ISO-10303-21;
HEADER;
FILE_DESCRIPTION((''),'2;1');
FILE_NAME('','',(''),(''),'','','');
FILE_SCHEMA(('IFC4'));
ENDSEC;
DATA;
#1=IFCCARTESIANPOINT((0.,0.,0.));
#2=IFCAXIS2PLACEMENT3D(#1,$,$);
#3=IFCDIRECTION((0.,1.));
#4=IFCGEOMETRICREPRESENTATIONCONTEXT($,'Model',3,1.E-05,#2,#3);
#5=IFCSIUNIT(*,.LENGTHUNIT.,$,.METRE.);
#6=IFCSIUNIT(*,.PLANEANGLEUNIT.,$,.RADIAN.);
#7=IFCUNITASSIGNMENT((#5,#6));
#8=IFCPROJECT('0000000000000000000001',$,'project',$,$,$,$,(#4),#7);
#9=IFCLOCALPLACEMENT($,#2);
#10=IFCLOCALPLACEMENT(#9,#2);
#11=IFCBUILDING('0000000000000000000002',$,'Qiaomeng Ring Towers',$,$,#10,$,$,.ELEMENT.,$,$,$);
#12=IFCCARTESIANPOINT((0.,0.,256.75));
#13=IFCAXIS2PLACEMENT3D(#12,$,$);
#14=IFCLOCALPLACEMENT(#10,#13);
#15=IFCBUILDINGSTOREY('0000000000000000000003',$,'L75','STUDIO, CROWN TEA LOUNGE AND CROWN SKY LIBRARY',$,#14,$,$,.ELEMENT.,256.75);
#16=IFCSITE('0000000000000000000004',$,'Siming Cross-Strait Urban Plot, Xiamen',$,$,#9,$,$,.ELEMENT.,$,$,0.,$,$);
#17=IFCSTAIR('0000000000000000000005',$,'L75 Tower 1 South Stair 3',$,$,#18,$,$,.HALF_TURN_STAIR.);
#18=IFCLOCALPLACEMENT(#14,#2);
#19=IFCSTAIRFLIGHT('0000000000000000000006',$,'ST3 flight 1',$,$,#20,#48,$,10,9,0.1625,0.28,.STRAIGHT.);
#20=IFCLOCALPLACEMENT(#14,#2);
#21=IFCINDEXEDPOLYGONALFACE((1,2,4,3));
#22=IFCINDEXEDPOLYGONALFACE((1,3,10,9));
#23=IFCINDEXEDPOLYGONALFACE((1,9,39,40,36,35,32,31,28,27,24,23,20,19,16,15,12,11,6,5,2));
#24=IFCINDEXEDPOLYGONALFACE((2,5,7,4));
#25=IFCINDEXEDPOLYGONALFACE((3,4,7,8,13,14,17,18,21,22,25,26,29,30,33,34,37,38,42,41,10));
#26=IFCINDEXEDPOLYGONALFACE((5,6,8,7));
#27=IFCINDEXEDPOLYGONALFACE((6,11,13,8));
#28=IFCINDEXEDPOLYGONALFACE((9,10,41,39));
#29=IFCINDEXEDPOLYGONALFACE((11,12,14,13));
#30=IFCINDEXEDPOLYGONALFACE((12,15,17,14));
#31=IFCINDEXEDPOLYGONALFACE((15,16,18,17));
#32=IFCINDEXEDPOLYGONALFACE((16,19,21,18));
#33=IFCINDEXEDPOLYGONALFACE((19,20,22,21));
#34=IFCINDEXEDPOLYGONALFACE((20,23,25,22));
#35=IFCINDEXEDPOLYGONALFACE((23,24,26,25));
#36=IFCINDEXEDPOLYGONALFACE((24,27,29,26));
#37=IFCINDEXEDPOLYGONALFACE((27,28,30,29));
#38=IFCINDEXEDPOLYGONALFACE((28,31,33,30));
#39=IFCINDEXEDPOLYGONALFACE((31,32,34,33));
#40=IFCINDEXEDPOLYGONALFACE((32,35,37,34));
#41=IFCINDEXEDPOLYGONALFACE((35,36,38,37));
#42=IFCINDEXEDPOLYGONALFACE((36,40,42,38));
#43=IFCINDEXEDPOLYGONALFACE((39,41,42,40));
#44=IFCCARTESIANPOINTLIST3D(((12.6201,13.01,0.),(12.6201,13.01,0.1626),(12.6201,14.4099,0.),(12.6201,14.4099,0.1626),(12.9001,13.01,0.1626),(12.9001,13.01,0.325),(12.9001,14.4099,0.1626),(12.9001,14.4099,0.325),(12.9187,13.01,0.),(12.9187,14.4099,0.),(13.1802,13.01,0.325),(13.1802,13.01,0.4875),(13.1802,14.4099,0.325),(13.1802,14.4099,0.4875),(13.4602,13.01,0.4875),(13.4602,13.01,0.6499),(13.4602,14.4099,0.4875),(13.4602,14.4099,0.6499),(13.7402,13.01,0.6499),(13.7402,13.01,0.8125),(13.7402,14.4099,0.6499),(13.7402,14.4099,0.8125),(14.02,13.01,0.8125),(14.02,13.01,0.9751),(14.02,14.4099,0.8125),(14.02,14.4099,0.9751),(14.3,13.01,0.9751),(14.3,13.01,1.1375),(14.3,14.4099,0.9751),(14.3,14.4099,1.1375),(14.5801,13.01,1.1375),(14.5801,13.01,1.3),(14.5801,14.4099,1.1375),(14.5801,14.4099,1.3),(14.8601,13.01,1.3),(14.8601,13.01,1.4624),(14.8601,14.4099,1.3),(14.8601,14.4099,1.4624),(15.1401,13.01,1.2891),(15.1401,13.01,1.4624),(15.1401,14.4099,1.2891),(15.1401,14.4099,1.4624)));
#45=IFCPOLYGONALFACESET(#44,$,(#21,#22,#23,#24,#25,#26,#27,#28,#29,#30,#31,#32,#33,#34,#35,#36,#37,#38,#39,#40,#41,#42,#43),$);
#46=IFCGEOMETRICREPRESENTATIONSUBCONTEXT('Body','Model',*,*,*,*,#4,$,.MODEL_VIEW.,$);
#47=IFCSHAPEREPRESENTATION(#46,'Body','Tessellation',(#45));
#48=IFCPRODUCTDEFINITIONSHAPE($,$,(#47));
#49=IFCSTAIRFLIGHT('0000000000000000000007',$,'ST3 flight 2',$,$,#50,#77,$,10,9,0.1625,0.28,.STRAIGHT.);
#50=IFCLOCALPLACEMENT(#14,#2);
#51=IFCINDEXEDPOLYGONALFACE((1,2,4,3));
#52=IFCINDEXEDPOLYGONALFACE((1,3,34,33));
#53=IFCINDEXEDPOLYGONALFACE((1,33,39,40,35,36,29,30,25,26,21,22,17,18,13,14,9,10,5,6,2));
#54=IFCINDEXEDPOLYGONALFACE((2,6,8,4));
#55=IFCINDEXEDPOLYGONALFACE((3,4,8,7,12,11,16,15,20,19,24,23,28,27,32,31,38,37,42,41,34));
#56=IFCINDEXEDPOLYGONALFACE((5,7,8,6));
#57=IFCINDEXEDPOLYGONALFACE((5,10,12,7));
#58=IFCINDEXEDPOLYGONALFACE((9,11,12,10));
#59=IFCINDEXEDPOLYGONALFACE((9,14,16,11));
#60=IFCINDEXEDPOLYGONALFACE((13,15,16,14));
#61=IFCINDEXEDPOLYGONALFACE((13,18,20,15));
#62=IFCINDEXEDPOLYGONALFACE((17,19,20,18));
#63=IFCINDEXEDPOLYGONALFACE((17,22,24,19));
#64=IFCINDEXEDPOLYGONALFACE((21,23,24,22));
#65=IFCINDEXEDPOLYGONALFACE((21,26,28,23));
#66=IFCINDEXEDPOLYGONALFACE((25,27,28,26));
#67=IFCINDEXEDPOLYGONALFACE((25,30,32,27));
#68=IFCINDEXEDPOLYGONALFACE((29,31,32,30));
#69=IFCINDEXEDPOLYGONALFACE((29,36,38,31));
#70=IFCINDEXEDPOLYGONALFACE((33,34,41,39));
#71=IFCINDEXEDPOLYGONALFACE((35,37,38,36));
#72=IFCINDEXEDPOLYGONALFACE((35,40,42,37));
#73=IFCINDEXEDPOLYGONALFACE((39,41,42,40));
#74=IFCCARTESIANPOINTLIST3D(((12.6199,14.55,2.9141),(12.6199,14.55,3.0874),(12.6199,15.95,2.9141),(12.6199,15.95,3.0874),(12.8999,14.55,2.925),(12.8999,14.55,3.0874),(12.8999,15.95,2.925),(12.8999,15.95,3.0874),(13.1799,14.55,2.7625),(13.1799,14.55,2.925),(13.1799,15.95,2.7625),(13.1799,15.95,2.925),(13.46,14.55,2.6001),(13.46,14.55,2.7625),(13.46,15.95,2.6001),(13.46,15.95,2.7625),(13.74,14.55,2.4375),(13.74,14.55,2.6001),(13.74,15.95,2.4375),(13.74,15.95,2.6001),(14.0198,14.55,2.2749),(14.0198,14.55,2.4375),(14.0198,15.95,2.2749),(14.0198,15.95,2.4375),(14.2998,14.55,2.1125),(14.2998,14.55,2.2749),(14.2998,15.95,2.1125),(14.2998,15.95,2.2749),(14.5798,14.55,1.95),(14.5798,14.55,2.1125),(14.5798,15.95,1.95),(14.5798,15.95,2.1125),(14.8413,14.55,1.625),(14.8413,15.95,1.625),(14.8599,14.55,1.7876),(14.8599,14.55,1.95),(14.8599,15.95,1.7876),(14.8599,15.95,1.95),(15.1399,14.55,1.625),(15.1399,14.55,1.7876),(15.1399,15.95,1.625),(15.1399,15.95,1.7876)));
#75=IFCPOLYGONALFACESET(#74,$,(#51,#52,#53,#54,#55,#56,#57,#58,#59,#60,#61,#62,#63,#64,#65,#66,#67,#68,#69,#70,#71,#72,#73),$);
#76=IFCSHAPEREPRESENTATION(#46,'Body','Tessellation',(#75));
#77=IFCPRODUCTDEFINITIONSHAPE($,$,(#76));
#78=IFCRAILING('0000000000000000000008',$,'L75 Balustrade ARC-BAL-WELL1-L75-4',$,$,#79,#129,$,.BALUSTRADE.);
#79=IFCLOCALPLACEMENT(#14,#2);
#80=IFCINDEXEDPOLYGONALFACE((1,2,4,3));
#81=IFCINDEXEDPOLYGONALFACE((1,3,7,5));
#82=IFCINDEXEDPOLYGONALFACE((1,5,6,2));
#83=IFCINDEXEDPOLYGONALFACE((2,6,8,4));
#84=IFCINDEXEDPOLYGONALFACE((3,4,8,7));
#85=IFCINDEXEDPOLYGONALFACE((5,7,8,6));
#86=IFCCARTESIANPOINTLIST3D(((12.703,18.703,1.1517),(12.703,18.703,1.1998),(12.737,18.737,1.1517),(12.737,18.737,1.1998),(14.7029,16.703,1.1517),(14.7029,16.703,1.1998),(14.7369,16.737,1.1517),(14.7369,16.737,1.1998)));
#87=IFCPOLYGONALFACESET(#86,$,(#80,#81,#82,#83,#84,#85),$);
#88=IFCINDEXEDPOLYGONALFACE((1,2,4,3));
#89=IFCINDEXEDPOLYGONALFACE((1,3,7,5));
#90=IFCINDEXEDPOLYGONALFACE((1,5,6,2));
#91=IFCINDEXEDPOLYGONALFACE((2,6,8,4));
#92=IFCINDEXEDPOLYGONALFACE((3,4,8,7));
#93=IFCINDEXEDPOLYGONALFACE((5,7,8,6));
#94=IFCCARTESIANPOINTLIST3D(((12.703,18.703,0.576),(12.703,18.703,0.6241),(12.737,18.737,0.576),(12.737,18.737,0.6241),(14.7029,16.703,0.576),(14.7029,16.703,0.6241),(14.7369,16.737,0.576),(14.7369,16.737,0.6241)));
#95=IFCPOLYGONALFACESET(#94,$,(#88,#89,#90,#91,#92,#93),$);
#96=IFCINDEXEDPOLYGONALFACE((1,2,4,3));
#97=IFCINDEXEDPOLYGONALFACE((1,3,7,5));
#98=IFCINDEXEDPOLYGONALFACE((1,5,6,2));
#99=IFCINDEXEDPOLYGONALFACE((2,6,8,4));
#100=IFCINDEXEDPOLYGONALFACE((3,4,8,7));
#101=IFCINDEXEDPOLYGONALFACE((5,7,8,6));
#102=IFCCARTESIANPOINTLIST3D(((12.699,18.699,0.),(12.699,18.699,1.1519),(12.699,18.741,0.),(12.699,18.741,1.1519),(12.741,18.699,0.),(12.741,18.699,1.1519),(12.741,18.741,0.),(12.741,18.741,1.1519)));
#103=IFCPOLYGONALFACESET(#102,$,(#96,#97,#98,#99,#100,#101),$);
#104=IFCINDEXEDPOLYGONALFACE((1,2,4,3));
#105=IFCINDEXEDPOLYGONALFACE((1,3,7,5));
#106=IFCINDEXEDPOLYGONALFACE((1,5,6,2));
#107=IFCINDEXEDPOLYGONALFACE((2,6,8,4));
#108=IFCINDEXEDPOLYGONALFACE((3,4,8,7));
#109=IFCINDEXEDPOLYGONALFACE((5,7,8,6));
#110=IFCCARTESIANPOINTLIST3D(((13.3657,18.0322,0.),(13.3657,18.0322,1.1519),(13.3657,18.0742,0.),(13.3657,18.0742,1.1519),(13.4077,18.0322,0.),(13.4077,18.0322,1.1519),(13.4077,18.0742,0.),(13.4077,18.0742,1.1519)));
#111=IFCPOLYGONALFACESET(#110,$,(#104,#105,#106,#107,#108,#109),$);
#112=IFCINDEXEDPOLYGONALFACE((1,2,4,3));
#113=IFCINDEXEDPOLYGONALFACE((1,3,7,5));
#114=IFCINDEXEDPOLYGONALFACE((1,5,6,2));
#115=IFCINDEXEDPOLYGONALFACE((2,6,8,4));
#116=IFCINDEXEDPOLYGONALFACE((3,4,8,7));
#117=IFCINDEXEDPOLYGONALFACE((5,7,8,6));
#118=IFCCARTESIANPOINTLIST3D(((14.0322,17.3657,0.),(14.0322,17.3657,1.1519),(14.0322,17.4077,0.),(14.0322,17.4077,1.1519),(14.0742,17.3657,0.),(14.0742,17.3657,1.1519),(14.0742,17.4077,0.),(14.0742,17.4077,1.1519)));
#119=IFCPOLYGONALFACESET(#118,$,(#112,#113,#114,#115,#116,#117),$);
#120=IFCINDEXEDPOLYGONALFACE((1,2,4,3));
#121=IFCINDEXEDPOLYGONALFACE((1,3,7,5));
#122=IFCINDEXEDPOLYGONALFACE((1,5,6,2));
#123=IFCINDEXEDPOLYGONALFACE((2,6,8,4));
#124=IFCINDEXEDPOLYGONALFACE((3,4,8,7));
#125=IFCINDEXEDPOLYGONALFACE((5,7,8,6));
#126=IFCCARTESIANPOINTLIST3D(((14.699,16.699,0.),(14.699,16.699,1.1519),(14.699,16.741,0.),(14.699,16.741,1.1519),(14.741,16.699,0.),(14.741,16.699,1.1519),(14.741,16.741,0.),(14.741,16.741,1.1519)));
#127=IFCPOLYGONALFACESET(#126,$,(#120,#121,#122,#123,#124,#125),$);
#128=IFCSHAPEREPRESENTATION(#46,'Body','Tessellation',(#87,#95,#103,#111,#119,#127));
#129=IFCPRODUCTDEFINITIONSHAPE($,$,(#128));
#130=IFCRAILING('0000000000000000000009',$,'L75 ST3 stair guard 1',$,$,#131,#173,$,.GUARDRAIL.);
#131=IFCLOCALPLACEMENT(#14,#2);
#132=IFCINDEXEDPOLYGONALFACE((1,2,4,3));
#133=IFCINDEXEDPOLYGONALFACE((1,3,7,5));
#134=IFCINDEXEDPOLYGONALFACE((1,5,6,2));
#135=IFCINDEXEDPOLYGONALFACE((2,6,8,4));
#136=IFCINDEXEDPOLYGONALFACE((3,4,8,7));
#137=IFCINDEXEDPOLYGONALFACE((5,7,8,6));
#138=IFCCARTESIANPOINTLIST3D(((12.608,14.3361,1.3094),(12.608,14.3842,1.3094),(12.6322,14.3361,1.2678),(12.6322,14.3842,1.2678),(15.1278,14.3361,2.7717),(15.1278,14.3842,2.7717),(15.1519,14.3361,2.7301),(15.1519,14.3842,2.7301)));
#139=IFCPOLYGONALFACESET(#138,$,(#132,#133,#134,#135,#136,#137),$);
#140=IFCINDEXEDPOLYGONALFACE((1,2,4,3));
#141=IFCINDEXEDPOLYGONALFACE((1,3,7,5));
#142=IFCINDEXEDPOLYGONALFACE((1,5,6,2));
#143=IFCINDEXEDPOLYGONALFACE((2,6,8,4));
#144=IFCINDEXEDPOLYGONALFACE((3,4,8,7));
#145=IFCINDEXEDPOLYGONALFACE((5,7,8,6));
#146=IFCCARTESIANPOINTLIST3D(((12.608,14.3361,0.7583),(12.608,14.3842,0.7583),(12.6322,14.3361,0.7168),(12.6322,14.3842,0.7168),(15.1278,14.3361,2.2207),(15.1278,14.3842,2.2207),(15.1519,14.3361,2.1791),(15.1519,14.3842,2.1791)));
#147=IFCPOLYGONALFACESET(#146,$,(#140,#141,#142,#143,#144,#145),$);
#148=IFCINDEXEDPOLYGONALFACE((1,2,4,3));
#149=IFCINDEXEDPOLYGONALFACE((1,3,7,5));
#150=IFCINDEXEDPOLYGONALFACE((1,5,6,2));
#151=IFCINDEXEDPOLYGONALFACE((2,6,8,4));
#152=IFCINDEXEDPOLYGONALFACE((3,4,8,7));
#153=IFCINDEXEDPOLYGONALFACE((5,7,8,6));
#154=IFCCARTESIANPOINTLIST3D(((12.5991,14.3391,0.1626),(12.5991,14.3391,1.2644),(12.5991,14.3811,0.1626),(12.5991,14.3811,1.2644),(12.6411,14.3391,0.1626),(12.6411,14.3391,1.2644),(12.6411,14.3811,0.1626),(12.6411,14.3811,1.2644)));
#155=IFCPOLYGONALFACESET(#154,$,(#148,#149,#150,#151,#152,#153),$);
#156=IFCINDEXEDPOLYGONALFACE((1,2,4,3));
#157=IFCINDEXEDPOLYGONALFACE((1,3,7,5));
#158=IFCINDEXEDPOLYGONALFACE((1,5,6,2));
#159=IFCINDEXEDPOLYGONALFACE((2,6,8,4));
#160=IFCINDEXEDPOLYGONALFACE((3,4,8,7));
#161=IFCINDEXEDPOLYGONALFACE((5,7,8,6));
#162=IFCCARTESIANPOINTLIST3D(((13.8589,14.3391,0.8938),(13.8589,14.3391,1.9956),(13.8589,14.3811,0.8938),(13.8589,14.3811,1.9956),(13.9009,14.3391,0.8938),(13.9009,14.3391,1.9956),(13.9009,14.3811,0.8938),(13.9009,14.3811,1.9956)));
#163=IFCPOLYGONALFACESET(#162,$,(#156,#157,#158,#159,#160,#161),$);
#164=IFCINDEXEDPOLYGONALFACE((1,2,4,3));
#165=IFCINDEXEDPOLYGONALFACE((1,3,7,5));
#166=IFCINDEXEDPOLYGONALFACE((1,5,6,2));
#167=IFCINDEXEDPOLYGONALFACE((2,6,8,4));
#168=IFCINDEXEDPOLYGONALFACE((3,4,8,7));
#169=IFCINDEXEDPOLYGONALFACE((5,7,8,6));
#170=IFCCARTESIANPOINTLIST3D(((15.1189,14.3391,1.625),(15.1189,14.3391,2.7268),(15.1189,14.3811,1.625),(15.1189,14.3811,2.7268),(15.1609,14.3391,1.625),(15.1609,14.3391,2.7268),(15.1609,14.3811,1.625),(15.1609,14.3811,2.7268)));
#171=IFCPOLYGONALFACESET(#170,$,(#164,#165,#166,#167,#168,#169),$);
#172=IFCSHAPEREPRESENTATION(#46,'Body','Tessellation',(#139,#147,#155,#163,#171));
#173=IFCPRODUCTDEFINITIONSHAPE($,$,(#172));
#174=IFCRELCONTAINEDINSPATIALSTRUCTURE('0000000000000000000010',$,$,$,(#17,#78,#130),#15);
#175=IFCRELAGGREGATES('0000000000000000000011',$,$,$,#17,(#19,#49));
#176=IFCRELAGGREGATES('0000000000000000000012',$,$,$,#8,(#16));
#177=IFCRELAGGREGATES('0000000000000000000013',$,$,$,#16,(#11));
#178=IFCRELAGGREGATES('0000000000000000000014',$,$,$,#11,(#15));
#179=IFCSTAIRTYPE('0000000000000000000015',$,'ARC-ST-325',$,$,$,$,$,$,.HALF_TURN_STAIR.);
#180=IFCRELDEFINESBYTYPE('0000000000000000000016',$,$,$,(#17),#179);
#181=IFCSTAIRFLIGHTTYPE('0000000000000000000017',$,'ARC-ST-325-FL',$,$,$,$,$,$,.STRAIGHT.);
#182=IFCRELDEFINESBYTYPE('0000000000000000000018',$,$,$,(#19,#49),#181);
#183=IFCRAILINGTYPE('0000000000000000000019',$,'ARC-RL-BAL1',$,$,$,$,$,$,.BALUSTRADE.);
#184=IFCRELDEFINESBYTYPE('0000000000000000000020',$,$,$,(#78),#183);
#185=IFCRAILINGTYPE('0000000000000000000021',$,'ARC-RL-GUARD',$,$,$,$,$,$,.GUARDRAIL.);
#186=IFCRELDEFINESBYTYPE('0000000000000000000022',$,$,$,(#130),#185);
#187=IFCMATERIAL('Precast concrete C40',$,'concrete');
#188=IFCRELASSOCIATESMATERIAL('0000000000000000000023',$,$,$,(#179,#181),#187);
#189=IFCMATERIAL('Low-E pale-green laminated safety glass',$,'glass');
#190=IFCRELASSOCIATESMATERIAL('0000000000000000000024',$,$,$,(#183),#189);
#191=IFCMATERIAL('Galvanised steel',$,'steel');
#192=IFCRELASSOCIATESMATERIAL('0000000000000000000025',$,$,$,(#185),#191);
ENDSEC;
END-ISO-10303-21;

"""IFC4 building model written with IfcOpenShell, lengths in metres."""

from ifc_helpers import new_model, si_unit, direction, frame, origin, origin_2d, place, context, subcontext, project, spatial, polyline, rectangle, outline, extrude, source, transform, mapped, material, type_object, element, aggregate, save


model = new_model("IFC4")

# Units and contexts
model_context = context("Model", 3, precision=1e-05, world=origin(), true_north=direction((0.0, 1.0)))
body_context = subcontext(model_context, "Body", "Model", "MODEL_VIEW")
ifc_project = project(units=[si_unit("LENGTHUNIT", "METRE"), si_unit("PLANEANGLEUNIT", "RADIAN")], contexts=[model_context])

# Site, building, storey
site_placement = place(None, origin())
site = spatial("IfcSite", under=ifc_project, at=site_placement, Name="Siming Cross-Strait Urban Plot, Xiamen", CompositionType="ELEMENT", RefElevation=0.0)
building_placement = place(site_placement, origin())
building = spatial("IfcBuilding", under=site, at=building_placement, Name="Qiaomeng Ring Towers", CompositionType="ELEMENT")
storey_placement = place(building_placement, frame((0.0, 0.0, 256.75)))
storey = spatial("IfcBuildingStorey", under=building, at=storey_placement, Name="L75", Description="STUDIO, CROWN TEA LOUNGE AND CROWN SKY LIBRARY", CompositionType="ELEMENT", Elevation=256.75)

# Shared definitions
ifc_material_1 = material(Name="Galvanised steel", Category="steel")

# Stair, stair flights
ifc_material_2 = material(Name="Precast concrete C40", Category="concrete")
stair_type = type_object("IfcStairType", Name="ARC-ST-325", PredefinedType="HALF_TURN_STAIR", material=ifc_material_2)
stair_placement = place(storey_placement, origin())
stair = element("IfcStair", 1, at=stair_placement, inside=storey, type_object=stair_type, Name="L75 Tower 1 South Stair 3", PredefinedType="HALF_TURN_STAIR")
stair_flight_type = type_object("IfcStairFlightType", Name="ARC-ST-325-FL", PredefinedType="STRAIGHT", material=ifc_material_2)
shared_shape_1 = source(origin(), body_context, "Body", "SweptSolid", [
    extrude(outline(polyline([(0.0, 0.0), (0.0, 0.1626), (0.28, 0.1626), (0.28, 0.325), (0.5601, 0.325), (0.5601, 0.4875), (0.8401, 0.4875), (0.8401, 0.6499), (1.1201, 0.6499), (1.1201, 0.8125), (1.3999, 0.8125), (1.3999, 0.9751), (1.6799, 0.9751), (1.6799, 1.1375), (1.96, 1.1375), (1.96, 1.3), (2.24, 1.3), (2.24, 1.4624), (2.52, 1.4624), (2.52, 1.625), (2.52, 1.2891), (0.2986, 0.0), (0.0, 0.0)])), frame((0.0, 0.7, 0.0), z_axis=(0.0, -1.0, 0.0), x_axis=(1.0, 0.0, 0.0)), (0.0, 0.0, 1.0), 1.3999),
])
stair_flight_1_placement = place(storey_placement, frame((12.6201, 13.71, 0.0), z_axis=(0.0, 0.0, 1.0), x_axis=(1.0, 0.0, 0.0)))
stair_flight_1 = element("IfcStairFlight", 2, at=stair_flight_1_placement, type_object=stair_flight_type, Name="ST3 flight 1", NumberOfRisers=10, NumberOfTreads=9, PredefinedType="STRAIGHT", RiserHeight=0.1625, TreadLength=0.28, context=body_context, shape_type="MappedRepresentation", body=[
    mapped(shared_shape_1, transform((0.0, 0.0, 0.0), x_axis=(1.0, 0.0, 0.0), y_axis=(0.0, 1.0, 0.0), z_axis=(0.0, 0.0, 1.0), scale=1.0)),
])
stair_flight_2_placement = place(storey_placement, frame((15.1399, 15.25, 1.625), z_axis=(0.0, 0.0, 1.0), x_axis=(-1.0, 0.0, 0.0)))
stair_flight_2 = element("IfcStairFlight", 3, at=stair_flight_2_placement, type_object=stair_flight_type, Name="ST3 flight 2", NumberOfRisers=10, NumberOfTreads=9, PredefinedType="STRAIGHT", RiserHeight=0.1625, TreadLength=0.28, context=body_context, shape_type="MappedRepresentation", body=[
    mapped(shared_shape_1, transform((0.0, 0.0, 0.0), x_axis=(1.0, 0.0, 0.0), y_axis=(0.0, 1.0, 0.0), z_axis=(0.0, 0.0, 1.0), scale=1.0)),
])
aggregate(stair, [stair_flight_1, stair_flight_2])

# Railings
ifc_material_3 = material(Name="Low-E pale-green laminated safety glass", Category="glass")
railing_type_1 = type_object("IfcRailingType", Name="ARC-RL-BAL1", PredefinedType="BALUSTRADE", material=ifc_material_3)
railing_1_placement = place(storey_placement, frame((12.72, 18.72, 0.0)))
element("IfcRailing", 4, at=railing_1_placement, inside=storey, type_object=railing_type_1, Name="L75 Balustrade ARC-BAL-WELL1-L75-4", PredefinedType="BALUSTRADE", context=body_context, shape_type="SweptSolid", body=[
    extrude(rectangle(XDim=0.0481, YDim=0.0481, at=origin_2d()), frame((0.0, 0.0, 1.1758), z_axis=(0.707107, -0.707107, 0.0), x_axis=(0.707107, 0.707107, 0.0)), (0.0, 0.0, 1.0), 2.8284),
    extrude(rectangle(XDim=0.0481, YDim=0.0481, at=origin_2d()), frame((0.0, 0.0, 0.6001), z_axis=(0.707107, -0.707107, 0.0), x_axis=(0.707107, 0.707107, 0.0)), (0.0, 0.0, 1.0), 2.8284),
    extrude(rectangle(XDim=0.042, YDim=0.042, at=origin_2d()), origin(), (0.0, 0.0, 1.0), 1.1519),
    extrude(rectangle(XDim=0.042, YDim=0.042, at=origin_2d()), frame((0.6667, -0.6667, 0.0)), (0.0, 0.0, 1.0), 1.1519),
    extrude(rectangle(XDim=0.042, YDim=0.042, at=origin_2d()), frame((1.3333, -1.3333, 0.0)), (0.0, 0.0, 1.0), 1.1519),
    extrude(rectangle(XDim=0.042, YDim=0.042, at=origin_2d()), frame((2.0, -2.0, 0.0)), (0.0, 0.0, 1.0), 1.1519),
])
railing_type_2 = type_object("IfcRailingType", Name="ARC-RL-GUARD", PredefinedType="GUARDRAIL", material=ifc_material_1)
railing_2_placement = place(storey_placement, frame((12.6201, 14.3601, 0.1626)))
element("IfcRailing", 5, at=railing_2_placement, inside=storey, type_object=railing_type_2, Name="L75 ST3 stair guard 1", PredefinedType="GUARDRAIL", context=body_context, shape_type="SweptSolid", body=[
    extrude(rectangle(XDim=0.0481, YDim=0.0481, at=origin_2d()), frame((0.0, 0.0, 1.126), z_axis=(0.864892, 0.0, 0.501958), x_axis=(0.0, 1.0, 0.0)), (0.0, 0.0, 1.0), 2.9133),
    extrude(rectangle(XDim=0.0481, YDim=0.0481, at=origin_2d()), frame((0.0, 0.0, 0.575), z_axis=(0.864892, 0.0, 0.501958), x_axis=(0.0, 1.0, 0.0)), (0.0, 0.0, 1.0), 2.9133),
    extrude(rectangle(XDim=0.042, YDim=0.042, at=origin_2d()), origin(), (0.0, 0.0, 1.0), 1.1018),
    extrude(rectangle(XDim=0.042, YDim=0.042, at=origin_2d()), frame((1.2598, 0.0, 0.7312)), (0.0, 0.0, 1.0), 1.1018),
    extrude(rectangle(XDim=0.042, YDim=0.042, at=origin_2d()), frame((2.5198, 0.0, 1.4624)), (0.0, 0.0, 1.0), 1.1018),
])

save(model, "model.ifc")
